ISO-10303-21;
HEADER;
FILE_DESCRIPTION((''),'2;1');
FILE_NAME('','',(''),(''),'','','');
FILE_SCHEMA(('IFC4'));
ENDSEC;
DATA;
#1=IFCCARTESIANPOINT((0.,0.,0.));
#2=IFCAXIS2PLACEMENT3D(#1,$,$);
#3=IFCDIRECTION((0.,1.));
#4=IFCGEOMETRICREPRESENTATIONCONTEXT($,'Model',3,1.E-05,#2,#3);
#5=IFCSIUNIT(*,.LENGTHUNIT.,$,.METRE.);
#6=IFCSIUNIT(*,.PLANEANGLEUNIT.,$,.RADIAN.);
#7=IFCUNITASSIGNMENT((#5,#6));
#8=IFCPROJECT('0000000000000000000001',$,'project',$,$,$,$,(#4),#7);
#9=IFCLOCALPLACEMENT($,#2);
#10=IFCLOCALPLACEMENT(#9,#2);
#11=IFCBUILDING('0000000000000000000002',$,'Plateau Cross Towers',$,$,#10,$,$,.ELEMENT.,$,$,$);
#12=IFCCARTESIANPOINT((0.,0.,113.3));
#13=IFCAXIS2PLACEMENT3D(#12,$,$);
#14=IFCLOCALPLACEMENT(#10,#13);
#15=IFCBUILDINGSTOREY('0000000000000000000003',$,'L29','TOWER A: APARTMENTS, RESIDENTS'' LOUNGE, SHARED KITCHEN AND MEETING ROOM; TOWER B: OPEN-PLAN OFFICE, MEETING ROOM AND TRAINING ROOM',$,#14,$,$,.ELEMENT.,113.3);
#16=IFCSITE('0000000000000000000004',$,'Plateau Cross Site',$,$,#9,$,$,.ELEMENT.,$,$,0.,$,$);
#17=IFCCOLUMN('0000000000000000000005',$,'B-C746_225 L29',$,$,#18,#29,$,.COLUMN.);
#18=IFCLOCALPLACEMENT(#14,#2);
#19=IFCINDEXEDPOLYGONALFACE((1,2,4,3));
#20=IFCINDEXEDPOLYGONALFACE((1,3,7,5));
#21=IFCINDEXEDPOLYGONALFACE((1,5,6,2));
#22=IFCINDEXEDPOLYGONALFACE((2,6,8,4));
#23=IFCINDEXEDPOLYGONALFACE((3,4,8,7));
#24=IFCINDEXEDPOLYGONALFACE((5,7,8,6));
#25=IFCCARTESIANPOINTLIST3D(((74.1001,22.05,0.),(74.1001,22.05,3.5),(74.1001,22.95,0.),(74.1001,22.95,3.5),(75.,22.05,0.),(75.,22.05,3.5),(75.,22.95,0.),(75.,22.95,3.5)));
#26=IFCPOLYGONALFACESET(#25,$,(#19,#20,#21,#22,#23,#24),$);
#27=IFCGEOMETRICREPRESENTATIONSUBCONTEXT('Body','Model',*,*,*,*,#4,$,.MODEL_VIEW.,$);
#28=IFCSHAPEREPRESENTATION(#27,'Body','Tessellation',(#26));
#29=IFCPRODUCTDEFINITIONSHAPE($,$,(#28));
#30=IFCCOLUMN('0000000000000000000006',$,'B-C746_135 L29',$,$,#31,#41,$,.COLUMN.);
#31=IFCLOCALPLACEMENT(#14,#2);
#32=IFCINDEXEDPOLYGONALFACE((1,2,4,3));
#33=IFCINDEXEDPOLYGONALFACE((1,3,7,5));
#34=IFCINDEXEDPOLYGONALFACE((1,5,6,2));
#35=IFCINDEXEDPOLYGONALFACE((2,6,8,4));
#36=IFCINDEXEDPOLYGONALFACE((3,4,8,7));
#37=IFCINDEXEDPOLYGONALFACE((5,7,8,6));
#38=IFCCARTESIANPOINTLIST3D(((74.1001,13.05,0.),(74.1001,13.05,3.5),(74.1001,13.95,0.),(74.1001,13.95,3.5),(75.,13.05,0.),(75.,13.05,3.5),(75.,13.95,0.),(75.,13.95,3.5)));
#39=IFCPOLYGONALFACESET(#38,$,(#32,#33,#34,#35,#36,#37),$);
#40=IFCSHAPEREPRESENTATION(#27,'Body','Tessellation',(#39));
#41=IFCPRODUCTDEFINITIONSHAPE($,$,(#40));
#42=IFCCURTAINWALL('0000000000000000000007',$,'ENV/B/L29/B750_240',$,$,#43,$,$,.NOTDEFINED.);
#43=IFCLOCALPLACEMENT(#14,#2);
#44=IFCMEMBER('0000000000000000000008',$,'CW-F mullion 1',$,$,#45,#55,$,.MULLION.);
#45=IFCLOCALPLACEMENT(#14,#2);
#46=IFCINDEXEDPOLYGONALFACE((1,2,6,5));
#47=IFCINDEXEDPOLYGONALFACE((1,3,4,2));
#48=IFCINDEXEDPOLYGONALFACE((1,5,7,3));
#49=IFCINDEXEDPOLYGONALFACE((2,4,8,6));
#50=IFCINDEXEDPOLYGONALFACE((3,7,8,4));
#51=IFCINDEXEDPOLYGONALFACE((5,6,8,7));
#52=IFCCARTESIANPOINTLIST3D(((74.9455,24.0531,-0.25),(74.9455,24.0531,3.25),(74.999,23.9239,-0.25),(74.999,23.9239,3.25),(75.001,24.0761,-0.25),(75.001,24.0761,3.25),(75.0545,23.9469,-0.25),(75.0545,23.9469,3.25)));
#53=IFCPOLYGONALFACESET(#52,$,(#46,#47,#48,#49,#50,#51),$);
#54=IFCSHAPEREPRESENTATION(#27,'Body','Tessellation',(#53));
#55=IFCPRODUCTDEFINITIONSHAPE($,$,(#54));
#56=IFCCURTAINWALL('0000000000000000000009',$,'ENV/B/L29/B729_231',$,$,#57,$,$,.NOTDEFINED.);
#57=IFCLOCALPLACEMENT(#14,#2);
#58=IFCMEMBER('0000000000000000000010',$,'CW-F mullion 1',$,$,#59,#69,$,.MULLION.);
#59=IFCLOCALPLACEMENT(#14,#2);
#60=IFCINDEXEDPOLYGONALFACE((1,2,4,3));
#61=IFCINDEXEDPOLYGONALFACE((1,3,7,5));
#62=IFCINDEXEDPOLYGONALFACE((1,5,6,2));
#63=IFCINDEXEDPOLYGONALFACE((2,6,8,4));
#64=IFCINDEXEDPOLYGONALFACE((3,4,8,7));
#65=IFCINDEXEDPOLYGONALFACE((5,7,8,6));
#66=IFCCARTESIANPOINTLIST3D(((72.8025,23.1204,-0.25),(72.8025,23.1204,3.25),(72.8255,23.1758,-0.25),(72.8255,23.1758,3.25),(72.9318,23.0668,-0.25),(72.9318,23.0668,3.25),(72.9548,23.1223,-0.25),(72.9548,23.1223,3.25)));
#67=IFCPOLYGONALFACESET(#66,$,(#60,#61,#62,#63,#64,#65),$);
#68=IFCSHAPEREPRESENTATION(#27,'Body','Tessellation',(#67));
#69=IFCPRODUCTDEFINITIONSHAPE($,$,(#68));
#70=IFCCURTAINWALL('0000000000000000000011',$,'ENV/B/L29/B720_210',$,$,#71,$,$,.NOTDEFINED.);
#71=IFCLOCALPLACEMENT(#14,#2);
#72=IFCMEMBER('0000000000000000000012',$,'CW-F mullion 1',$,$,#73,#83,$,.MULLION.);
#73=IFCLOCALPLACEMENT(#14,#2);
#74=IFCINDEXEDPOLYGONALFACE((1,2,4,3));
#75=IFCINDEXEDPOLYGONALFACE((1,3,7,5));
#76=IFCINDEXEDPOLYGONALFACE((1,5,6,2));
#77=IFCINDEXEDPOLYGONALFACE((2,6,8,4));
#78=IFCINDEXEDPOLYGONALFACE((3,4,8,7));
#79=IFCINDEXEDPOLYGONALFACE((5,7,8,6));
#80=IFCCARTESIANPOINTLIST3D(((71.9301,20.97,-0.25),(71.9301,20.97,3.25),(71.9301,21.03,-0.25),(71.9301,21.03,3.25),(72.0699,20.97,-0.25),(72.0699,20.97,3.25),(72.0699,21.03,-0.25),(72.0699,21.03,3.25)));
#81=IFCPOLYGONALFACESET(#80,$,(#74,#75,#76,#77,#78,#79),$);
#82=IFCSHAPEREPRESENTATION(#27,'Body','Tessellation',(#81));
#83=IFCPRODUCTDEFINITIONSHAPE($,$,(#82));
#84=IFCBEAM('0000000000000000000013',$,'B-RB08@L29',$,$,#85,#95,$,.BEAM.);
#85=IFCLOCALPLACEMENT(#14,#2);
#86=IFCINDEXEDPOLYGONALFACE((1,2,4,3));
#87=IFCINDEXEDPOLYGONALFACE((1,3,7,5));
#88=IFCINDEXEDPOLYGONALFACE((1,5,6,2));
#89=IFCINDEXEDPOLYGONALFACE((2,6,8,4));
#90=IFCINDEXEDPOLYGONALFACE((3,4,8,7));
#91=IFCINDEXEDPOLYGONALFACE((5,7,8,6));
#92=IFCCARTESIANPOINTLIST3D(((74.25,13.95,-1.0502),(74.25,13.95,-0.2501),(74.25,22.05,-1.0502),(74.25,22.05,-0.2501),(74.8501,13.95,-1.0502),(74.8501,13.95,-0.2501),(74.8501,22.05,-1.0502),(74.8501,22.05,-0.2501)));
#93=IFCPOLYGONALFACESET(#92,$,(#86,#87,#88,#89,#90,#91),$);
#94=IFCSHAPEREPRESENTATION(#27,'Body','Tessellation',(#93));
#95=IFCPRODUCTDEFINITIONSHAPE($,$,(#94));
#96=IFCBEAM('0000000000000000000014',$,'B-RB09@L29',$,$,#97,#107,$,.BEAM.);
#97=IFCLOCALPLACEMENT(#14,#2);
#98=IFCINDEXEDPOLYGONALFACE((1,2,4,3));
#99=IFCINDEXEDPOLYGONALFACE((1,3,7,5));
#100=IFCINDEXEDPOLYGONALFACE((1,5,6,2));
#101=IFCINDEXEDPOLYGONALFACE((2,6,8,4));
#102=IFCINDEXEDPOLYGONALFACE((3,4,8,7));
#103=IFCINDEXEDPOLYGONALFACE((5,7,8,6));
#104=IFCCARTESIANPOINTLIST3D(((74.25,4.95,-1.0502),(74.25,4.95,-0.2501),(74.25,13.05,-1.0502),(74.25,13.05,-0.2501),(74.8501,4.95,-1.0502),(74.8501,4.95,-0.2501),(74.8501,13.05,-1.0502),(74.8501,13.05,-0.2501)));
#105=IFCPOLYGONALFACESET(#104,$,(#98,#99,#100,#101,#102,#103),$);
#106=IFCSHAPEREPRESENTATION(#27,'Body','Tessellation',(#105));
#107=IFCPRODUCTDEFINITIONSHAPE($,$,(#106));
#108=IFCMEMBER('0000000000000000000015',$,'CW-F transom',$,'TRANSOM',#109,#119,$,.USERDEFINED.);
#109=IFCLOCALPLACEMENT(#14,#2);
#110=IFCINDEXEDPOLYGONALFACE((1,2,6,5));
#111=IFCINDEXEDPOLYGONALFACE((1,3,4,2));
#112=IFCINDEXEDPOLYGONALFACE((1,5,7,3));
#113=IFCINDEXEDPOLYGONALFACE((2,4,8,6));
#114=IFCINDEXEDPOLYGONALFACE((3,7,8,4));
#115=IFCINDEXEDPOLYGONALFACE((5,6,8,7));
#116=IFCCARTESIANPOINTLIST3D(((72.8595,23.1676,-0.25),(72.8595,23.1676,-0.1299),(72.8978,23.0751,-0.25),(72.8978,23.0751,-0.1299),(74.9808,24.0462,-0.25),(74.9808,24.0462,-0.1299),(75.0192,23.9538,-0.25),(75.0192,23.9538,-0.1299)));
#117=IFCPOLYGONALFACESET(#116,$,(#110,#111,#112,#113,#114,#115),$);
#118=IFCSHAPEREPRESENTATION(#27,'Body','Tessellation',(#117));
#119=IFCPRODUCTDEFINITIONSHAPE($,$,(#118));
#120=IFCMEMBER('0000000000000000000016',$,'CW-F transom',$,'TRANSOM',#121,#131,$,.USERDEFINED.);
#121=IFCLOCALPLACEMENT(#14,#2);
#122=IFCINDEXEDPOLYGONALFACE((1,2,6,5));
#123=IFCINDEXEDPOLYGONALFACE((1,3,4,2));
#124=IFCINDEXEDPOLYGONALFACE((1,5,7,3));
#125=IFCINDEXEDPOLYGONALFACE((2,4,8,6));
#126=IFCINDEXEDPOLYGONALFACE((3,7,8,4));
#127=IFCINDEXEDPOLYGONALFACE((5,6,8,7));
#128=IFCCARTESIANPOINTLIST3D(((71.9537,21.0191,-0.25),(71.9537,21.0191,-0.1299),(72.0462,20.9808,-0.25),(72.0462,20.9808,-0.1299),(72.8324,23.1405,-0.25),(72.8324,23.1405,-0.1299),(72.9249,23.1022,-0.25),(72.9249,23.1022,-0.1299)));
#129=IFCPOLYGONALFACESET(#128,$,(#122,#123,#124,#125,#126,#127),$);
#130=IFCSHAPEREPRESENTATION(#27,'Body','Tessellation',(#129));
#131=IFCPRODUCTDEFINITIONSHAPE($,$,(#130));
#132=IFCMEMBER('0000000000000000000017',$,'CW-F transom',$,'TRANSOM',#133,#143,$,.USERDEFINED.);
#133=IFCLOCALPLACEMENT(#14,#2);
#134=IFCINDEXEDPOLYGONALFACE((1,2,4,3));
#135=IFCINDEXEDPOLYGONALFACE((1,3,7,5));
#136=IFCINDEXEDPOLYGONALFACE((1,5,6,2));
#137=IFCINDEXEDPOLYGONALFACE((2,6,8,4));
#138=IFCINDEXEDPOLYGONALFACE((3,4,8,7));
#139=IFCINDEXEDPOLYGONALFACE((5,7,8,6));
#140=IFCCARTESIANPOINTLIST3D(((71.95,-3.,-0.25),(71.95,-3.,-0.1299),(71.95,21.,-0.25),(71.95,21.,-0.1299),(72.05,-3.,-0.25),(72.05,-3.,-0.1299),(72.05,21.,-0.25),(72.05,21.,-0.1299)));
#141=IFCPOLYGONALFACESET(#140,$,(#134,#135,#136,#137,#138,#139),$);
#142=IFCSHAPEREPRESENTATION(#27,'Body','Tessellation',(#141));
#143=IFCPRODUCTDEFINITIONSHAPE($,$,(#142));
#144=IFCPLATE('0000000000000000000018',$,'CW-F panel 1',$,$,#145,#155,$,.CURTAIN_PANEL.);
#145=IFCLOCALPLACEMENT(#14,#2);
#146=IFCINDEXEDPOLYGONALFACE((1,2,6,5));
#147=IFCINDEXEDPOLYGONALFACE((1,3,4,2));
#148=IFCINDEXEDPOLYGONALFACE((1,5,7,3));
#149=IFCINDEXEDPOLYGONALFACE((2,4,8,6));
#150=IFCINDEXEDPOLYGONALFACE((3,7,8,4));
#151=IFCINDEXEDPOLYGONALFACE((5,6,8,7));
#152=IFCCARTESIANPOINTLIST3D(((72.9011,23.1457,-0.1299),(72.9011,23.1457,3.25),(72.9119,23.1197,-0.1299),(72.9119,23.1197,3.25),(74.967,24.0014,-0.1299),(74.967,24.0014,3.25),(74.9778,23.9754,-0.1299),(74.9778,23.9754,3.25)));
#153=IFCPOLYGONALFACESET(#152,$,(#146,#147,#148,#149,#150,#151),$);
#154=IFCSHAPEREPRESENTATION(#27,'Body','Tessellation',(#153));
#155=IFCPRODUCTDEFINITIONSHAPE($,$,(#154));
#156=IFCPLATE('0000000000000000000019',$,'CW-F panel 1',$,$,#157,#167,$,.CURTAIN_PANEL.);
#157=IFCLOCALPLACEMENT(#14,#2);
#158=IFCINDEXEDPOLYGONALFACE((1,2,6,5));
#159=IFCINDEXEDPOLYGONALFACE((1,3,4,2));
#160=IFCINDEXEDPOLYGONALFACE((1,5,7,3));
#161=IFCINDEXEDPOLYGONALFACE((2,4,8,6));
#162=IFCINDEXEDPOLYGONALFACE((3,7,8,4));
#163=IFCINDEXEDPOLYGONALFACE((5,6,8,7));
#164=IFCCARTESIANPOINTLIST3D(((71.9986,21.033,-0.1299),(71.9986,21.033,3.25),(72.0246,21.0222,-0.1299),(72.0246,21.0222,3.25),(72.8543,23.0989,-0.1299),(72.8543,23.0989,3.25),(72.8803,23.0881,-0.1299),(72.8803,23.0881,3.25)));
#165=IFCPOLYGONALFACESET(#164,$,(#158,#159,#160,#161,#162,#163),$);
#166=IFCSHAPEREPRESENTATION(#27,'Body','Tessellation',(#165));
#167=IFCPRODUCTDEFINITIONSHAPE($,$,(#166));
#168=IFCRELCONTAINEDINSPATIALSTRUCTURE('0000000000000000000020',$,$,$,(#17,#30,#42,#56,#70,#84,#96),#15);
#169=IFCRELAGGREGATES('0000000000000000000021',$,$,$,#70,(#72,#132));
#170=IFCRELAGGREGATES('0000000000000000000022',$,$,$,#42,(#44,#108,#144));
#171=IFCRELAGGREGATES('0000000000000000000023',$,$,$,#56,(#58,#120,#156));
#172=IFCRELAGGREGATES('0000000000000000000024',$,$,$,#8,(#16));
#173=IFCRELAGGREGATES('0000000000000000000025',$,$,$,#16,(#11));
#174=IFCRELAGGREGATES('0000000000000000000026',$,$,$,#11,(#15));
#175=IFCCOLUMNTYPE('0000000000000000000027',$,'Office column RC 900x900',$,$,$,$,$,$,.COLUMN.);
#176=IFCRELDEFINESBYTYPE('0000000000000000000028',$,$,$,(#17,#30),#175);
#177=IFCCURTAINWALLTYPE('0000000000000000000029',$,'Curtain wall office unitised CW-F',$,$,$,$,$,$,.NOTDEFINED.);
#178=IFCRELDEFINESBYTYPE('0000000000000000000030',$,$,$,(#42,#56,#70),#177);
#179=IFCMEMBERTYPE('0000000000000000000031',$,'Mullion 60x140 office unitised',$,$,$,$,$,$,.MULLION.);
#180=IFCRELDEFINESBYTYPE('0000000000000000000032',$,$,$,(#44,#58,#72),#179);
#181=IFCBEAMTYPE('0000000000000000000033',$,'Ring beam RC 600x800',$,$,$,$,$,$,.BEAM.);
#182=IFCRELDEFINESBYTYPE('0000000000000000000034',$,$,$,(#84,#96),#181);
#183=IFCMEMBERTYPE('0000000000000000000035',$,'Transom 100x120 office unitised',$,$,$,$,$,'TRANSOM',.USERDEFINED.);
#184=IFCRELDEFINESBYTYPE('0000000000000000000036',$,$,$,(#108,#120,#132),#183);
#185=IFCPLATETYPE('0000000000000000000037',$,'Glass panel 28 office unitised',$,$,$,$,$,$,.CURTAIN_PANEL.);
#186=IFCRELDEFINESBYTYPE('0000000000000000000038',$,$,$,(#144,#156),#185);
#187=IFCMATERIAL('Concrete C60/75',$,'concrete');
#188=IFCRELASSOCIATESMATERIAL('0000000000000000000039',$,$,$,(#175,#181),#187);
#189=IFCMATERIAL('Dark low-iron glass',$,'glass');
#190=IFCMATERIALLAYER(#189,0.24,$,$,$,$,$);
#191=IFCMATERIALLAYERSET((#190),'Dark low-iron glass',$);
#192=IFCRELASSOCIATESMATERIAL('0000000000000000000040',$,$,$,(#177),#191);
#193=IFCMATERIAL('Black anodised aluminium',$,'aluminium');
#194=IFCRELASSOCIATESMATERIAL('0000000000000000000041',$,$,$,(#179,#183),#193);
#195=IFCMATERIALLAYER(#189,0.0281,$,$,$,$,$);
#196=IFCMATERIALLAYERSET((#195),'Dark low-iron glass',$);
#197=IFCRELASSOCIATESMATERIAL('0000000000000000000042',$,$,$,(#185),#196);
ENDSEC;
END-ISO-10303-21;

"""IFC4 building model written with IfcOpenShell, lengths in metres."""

from ifc_helpers import new_model, si_unit, direction, frame, origin, origin_2d, place, context, subcontext, project, spatial, rectangle, extrude, material, layer, layer_set, material_profile, profile_set, type_object, element, aggregate, save


model = new_model("IFC4")

# Units and contexts
model_context = context("Model", 3, precision=1e-05, world=origin(), true_north=direction((0.0, 1.0)))
body_context = subcontext(model_context, "Body", "Model", "MODEL_VIEW")
ifc_project = project(units=[si_unit("LENGTHUNIT", "METRE"), si_unit("PLANEANGLEUNIT", "RADIAN")], contexts=[model_context])

# Site, building, storey
site_placement = place(None, origin())
site = spatial("IfcSite", under=ifc_project, at=site_placement, Name="Plateau Cross Site", CompositionType="ELEMENT", RefElevation=0.0)
building_placement = place(site_placement, origin())
building = spatial("IfcBuilding", under=site, at=building_placement, Name="Plateau Cross Towers", CompositionType="ELEMENT")
storey_placement = place(building_placement, frame((0.0, 0.0, 113.3)))
storey = spatial("IfcBuildingStorey", under=building, at=storey_placement, Name="L29", Description="TOWER A: APARTMENTS, RESIDENTS' LOUNGE, SHARED KITCHEN AND MEETING ROOM; TOWER B: OPEN-PLAN OFFICE, MEETING ROOM AND TRAINING ROOM", CompositionType="ELEMENT", Elevation=113.3)

# Columns
ifc_material_1 = material(Name="Concrete C60/75", Category="concrete")
ifc_material_profile_1 = material_profile(ifc_material_1, rectangle(XDim=0.8999, YDim=0.8999, at=origin_2d()), Name="RC 900x900")
ifc_profile_set_1 = profile_set([ifc_material_profile_1], Name="Concrete C60/75")
column_type = type_object("IfcColumnType", Name="Office column RC 900x900", PredefinedType="COLUMN", material=ifc_profile_set_1)
for number, where, z_axis, x_axis, name in (
    (1, (74.55, 22.5, 0.0), (0.0, 0.0, 1.0), (1.0, 0.0, 0.0), "B-C746_225 L29"),
    (2, (74.55, 13.5, 0.0), (0.0, 0.0, 1.0), (1.0, 0.0, 0.0), "B-C746_135 L29"),
):
    element("IfcColumn", number, at=place(storey_placement, frame(where, z_axis=z_axis, x_axis=x_axis)), inside=storey, type_object=column_type, Name=name, PredefinedType="COLUMN", context=body_context, shape_type="SweptSolid", body=[
        extrude(rectangle(XDim=0.8999, YDim=0.8999, at=origin_2d()), origin(), (0.0, 0.0, 1.0), 3.5),
    ])

# Curtain walls, members
ifc_material_2 = material(Name="Dark low-iron glass", Category="glass")
ifc_layer_1 = layer(ifc_material_2, 0.24)
ifc_layer_set_1 = layer_set([ifc_layer_1], Name="Dark low-iron glass")
curtain_wall_type = type_object("IfcCurtainWallType", Name="Curtain wall office unitised CW-F", PredefinedType="NOTDEFINED", material=ifc_layer_set_1)
curtain_wall_1_placement = place(storey_placement, origin())
curtain_wall_1 = element("IfcCurtainWall", 3, at=curtain_wall_1_placement, inside=storey, type_object=curtain_wall_type, Name="ENV/B/L29/B750_240", PredefinedType="NOTDEFINED")
ifc_material_3 = material(Name="Black anodised aluminium", Category="aluminium")
ifc_material_profile_2 = material_profile(ifc_material_3, rectangle(XDim=0.0601, YDim=0.1399, at=origin_2d()), Name="MULLION 60x140")
ifc_profile_set_2 = profile_set([ifc_material_profile_2], Name="Black anodised aluminium")
member_type_1 = type_object("IfcMemberType", Name="Mullion 60x140 office unitised", PredefinedType="MULLION", material=ifc_profile_set_2)
member_1_placement = place(storey_placement, frame((75.0, 24.0, -0.25), z_axis=(0.0, 0.0, 1.0), x_axis=(-0.923879, -0.382684, 0.0)))
member_1 = element("IfcMember", 4, at=member_1_placement, type_object=member_type_1, Name="CW-F mullion 1", PredefinedType="MULLION", context=body_context, shape_type="SweptSolid", body=[
    extrude(rectangle(XDim=0.0601, YDim=0.1399, at=origin_2d()), origin(), (0.0, 0.0, 1.0), 3.5),
])
curtain_wall_2_placement = place(storey_placement, origin())
curtain_wall_2 = element("IfcCurtainWall", 5, at=curtain_wall_2_placement, inside=storey, type_object=curtain_wall_type, Name="ENV/B/L29/B729_231", PredefinedType="NOTDEFINED")
member_2_placement = place(storey_placement, frame((72.8787, 23.1213, -0.25), z_axis=(0.0, 0.0, 1.0), x_axis=(-0.382684, -0.923879, 0.0)))
member_2 = element("IfcMember", 6, at=member_2_placement, type_object=member_type_1, Name="CW-F mullion 1", PredefinedType="MULLION", context=body_context, shape_type="SweptSolid", body=[
    extrude(rectangle(XDim=0.0601, YDim=0.1399, at=origin_2d()), origin(), (0.0, 0.0, 1.0), 3.5),
])
curtain_wall_3_placement = place(storey_placement, origin())
curtain_wall_3 = element("IfcCurtainWall", 7, at=curtain_wall_3_placement, inside=storey, type_object=curtain_wall_type, Name="ENV/B/L29/B720_210", PredefinedType="NOTDEFINED")
member_3_placement = place(storey_placement, frame((72.0, 21.0, -0.25), z_axis=(0.0, 0.0, 1.0), x_axis=(0.0, -1.0, 0.0)))
member_3 = element("IfcMember", 8, at=member_3_placement, type_object=member_type_1, Name="CW-F mullion 1", PredefinedType="MULLION", context=body_context, shape_type="SweptSolid", body=[
    extrude(rectangle(XDim=0.0601, YDim=0.1399, at=origin_2d()), origin(), (0.0, 0.0, 1.0), 3.5),
])

# Beams
ifc_material_profile_3 = material_profile(ifc_material_1, rectangle(XDim=0.6001, YDim=0.8, at=origin_2d()), Name="RC 600x800")
ifc_profile_set_3 = profile_set([ifc_material_profile_3], Name="Concrete C60/75")
beam_type = type_object("IfcBeamType", Name="Ring beam RC 600x800", PredefinedType="BEAM", material=ifc_profile_set_3)
for number, where, z_axis, x_axis, name in (
    (9, (74.55, 22.05, -0.6501), (0.0, -1.0, 0.0), (1.0, 0.0, 0.0), "B-RB08@L29"),
    (10, (74.55, 13.05, -0.6501), (0.0, -1.0, 0.0), (1.0, 0.0, 0.0), "B-RB09@L29"),
):
    element("IfcBeam", number, at=place(storey_placement, frame(where, z_axis=z_axis, x_axis=x_axis)), inside=storey, type_object=beam_type, Name=name, PredefinedType="BEAM", context=body_context, shape_type="SweptSolid", body=[
        extrude(rectangle(XDim=0.6001, YDim=0.8, at=origin_2d()), origin(), (0.0, 0.0, 1.0), 8.1001),
    ])

# Members
ifc_material_profile_4 = material_profile(ifc_material_3, rectangle(XDim=0.1001, YDim=0.1201, at=origin_2d()), Name="TRANSOM 100x120")
ifc_profile_set_4 = profile_set([ifc_material_profile_4], Name="Black anodised aluminium")
member_type_2 = type_object("IfcMemberType", Name="Transom 100x120 office unitised", ElementType="TRANSOM", PredefinedType="USERDEFINED", material=ifc_profile_set_4)
member_4_placement = place(storey_placement, frame((75.0, 24.0, -0.1899), z_axis=(-0.923883, -0.382674, 0.0), x_axis=(0.382674, -0.923883, 0.0)))
member_4 = element("IfcMember", 11, at=member_4_placement, type_object=member_type_2, Name="CW-F transom", ObjectType="TRANSOM", PredefinedType="USERDEFINED", context=body_context, shape_type="SweptSolid", body=[
    extrude(rectangle(XDim=0.1001, YDim=0.1201, at=origin_2d()), origin(), (0.0, 0.0, 1.0), 2.2961),
])
member_5_placement = place(storey_placement, frame((72.8787, 23.1213, -0.1899), z_axis=(-0.382674, -0.923883, 0.0), x_axis=(0.923883, -0.382674, 0.0)))
member_5 = element("IfcMember", 12, at=member_5_placement, type_object=member_type_2, Name="CW-F transom", ObjectType="TRANSOM", PredefinedType="USERDEFINED", context=body_context, shape_type="SweptSolid", body=[
    extrude(rectangle(XDim=0.1001, YDim=0.1201, at=origin_2d()), origin(), (0.0, 0.0, 1.0), 2.2961),
])
member_6_placement = place(storey_placement, frame((72.0, 21.0, -0.1899), z_axis=(0.0, -1.0, 0.0), x_axis=(1.0, 0.0, 0.0)))
member_6 = element("IfcMember", 13, at=member_6_placement, type_object=member_type_2, Name="CW-F transom", ObjectType="TRANSOM", PredefinedType="USERDEFINED", context=body_context, shape_type="SweptSolid", body=[
    extrude(rectangle(XDim=0.1001, YDim=0.1201, at=origin_2d()), origin(), (0.0, 0.0, 1.0), 24.0),
])
aggregate(curtain_wall_3, [member_3, member_6])

# Plates
ifc_layer_2 = layer(ifc_material_2, 0.0281)
ifc_layer_set_2 = layer_set([ifc_layer_2], Name="Dark low-iron glass")
plate_type = type_object("IfcPlateType", Name="Glass panel 28 office unitised", PredefinedType="CURTAIN_PANEL", material=ifc_layer_set_2)
plate_1_placement = place(storey_placement, frame((73.9395, 23.5605, -0.1299), z_axis=(0.0, 0.0, 1.0), x_axis=(-0.923879, -0.382684, 0.0)))
plate_1 = element("IfcPlate", 14, at=plate_1_placement, type_object=plate_type, Name="CW-F panel 1", PredefinedType="CURTAIN_PANEL", context=body_context, shape_type="SweptSolid", body=[
    extrude(rectangle(XDim=2.2361, YDim=0.0281, at=origin_2d()), origin(), (0.0, 0.0, 1.0), 3.3799),
])
aggregate(curtain_wall_1, [member_1, member_4, plate_1])
plate_2_placement = place(storey_placement, frame((72.4395, 22.0605, -0.1299), z_axis=(0.0, 0.0, 1.0), x_axis=(-0.382684, -0.923879, 0.0)))
plate_2 = element("IfcPlate", 15, at=plate_2_placement, type_object=plate_type, Name="CW-F panel 1", PredefinedType="CURTAIN_PANEL", context=body_context, shape_type="SweptSolid", body=[
    extrude(rectangle(XDim=2.2361, YDim=0.0281, at=origin_2d()), origin(), (0.0, 0.0, 1.0), 3.3799),
])
aggregate(curtain_wall_2, [member_2, member_5, plate_2])

save(model, "model.ifc")
